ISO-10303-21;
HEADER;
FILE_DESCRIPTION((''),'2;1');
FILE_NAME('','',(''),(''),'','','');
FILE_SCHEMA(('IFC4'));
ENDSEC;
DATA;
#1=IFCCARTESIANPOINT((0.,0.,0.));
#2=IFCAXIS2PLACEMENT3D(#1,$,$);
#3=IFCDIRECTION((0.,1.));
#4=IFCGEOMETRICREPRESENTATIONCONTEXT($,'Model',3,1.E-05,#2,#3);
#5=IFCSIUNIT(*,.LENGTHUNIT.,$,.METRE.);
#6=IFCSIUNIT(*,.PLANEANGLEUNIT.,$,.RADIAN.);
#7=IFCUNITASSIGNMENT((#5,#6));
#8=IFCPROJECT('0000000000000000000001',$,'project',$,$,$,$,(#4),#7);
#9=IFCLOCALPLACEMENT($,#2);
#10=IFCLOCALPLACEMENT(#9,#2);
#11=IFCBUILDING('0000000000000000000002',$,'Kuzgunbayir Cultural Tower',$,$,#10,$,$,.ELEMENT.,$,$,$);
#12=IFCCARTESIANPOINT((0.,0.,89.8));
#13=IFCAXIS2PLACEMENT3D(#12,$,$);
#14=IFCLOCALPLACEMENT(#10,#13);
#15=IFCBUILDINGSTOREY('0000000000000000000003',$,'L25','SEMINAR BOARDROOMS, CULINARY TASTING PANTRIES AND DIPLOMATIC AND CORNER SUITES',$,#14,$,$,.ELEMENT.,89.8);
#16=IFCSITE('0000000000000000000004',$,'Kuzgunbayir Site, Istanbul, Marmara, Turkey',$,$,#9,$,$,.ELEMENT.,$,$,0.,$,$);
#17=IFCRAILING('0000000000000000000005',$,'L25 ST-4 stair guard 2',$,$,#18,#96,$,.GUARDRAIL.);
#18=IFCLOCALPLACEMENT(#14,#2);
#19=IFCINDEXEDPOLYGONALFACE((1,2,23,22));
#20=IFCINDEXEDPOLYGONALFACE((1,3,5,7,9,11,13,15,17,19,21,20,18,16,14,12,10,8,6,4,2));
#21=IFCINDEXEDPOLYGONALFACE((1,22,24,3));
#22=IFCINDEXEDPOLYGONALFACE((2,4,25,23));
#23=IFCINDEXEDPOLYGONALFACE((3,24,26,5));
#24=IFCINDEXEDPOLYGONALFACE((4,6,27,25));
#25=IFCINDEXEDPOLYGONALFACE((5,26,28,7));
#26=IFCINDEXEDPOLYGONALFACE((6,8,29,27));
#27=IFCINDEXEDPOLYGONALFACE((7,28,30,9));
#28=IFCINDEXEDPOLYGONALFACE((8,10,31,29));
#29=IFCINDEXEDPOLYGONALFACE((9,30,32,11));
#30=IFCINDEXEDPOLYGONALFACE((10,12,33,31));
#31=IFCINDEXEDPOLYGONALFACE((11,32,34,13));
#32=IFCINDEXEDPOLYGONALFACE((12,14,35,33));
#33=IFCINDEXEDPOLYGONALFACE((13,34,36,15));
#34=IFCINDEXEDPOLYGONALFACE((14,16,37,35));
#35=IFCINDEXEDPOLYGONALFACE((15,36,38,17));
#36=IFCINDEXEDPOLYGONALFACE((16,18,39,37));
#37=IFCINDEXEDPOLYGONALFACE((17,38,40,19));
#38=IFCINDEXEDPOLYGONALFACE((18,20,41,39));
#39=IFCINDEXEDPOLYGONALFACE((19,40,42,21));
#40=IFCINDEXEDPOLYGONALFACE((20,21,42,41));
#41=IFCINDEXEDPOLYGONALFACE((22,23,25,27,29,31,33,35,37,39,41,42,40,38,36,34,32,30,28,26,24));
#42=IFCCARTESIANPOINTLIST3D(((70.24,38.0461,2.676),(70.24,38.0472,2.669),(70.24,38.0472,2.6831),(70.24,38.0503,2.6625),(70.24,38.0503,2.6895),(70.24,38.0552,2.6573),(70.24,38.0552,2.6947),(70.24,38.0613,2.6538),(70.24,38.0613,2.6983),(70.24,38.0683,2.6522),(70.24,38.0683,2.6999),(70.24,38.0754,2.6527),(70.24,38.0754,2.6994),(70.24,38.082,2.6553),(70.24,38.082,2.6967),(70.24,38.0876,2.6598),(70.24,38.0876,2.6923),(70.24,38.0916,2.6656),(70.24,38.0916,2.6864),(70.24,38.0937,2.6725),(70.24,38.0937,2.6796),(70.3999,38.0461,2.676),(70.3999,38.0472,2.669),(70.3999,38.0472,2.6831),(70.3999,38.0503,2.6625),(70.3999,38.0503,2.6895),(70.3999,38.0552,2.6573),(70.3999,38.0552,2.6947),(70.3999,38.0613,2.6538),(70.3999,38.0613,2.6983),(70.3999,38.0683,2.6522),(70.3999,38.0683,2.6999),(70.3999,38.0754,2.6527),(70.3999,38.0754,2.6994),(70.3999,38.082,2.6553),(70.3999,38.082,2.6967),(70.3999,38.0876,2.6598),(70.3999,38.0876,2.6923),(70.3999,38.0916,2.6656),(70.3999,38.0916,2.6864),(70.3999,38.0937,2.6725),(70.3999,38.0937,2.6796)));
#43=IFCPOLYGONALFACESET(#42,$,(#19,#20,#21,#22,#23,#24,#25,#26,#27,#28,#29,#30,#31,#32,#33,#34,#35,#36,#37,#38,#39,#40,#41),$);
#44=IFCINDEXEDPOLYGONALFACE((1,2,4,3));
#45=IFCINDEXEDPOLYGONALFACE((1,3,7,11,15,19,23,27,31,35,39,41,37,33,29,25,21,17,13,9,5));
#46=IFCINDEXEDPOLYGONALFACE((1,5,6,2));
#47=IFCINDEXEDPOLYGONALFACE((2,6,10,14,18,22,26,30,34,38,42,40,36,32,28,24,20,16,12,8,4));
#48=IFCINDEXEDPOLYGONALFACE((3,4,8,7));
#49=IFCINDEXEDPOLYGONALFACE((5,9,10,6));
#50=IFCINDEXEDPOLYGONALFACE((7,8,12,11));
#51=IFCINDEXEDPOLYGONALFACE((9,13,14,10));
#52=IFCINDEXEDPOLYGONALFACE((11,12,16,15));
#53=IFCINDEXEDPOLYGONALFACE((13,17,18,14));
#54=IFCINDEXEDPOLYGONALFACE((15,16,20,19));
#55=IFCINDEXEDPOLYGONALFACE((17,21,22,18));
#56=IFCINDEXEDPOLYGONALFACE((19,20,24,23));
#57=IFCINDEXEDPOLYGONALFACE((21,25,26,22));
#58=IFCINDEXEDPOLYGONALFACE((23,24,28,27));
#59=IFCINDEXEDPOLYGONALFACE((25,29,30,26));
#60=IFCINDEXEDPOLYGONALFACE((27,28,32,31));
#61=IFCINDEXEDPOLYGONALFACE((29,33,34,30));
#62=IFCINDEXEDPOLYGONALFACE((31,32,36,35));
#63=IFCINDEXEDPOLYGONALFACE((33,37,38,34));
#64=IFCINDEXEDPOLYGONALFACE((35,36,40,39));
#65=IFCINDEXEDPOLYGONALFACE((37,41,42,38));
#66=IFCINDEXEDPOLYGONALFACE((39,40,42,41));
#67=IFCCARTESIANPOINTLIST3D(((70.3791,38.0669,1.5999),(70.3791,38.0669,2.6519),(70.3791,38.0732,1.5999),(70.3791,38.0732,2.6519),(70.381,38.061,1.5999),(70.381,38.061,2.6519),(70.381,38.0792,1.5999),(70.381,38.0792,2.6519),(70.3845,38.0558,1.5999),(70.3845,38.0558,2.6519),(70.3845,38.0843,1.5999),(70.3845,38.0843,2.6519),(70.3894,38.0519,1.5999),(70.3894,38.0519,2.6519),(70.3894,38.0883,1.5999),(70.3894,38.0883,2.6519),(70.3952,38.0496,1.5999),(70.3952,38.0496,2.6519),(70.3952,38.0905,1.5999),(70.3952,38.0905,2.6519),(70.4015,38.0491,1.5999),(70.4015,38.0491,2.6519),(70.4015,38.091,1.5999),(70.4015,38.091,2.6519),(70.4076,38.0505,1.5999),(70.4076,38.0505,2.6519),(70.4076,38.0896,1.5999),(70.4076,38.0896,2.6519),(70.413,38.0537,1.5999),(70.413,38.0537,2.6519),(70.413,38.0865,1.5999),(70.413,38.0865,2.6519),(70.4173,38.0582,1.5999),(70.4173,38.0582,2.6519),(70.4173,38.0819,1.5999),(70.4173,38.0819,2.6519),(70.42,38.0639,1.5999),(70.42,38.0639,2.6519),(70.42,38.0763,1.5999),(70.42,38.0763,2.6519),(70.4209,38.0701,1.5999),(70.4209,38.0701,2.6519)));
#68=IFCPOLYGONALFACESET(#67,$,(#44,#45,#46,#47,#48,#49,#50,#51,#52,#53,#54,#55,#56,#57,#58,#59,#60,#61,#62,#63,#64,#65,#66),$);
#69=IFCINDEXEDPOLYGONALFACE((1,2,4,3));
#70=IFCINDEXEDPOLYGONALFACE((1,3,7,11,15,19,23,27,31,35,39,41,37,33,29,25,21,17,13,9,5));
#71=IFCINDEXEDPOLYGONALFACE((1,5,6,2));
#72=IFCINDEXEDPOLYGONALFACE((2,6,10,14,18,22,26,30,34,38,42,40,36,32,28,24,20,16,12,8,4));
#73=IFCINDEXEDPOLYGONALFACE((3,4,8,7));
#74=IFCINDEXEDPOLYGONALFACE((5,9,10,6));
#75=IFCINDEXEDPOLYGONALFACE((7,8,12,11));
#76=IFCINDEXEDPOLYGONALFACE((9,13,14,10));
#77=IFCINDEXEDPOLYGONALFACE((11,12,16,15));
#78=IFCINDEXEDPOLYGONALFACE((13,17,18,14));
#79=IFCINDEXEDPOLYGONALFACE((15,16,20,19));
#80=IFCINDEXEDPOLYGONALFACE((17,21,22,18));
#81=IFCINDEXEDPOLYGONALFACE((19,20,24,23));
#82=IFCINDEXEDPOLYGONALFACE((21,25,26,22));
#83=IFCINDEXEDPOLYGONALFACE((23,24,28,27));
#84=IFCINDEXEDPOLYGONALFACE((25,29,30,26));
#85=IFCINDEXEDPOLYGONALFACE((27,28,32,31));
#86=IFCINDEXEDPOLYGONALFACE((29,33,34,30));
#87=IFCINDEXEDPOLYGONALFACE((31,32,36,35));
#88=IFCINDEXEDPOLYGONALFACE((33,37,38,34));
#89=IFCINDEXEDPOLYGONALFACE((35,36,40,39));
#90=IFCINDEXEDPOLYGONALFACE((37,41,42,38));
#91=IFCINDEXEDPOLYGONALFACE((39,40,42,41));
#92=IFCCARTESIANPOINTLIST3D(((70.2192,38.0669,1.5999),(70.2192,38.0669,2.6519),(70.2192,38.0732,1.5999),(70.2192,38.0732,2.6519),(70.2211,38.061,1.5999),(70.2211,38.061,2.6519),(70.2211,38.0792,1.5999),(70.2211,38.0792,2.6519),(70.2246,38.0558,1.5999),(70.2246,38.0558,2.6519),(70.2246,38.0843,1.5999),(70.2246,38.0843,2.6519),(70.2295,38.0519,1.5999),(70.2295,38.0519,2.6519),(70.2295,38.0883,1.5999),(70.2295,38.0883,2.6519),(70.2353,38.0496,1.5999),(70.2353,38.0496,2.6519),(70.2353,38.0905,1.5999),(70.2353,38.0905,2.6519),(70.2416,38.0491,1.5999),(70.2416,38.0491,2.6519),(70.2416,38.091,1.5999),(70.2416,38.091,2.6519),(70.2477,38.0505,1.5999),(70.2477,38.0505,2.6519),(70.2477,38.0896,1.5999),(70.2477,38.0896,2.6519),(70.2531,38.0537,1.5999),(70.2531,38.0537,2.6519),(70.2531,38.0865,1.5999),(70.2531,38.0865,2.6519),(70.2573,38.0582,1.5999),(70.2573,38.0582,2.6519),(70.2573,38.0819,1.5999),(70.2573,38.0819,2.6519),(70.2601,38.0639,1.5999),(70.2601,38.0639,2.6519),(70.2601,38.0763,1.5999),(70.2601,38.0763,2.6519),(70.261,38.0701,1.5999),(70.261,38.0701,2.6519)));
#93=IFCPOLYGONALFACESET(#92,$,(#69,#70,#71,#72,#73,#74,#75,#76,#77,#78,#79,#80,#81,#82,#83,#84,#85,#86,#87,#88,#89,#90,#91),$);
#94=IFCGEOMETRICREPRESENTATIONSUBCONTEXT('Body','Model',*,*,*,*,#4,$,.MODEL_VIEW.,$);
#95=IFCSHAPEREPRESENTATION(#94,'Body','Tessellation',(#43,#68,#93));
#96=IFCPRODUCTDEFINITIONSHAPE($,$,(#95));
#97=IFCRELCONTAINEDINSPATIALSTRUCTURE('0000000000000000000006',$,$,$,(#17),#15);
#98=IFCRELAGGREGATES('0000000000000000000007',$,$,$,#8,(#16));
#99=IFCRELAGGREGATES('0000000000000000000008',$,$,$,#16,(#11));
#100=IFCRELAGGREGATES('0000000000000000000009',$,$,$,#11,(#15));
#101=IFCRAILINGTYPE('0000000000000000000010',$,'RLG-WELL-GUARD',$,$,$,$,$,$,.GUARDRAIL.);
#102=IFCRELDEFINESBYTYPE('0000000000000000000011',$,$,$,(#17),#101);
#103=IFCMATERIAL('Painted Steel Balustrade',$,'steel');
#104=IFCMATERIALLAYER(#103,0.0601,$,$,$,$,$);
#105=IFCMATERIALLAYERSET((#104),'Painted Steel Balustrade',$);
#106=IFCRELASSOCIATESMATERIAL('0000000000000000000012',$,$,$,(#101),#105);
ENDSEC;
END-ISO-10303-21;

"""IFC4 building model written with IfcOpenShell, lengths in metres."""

from ifc_helpers import new_model, si_unit, direction, frame, origin, origin_2d, place, context, subcontext, project, spatial, circle, extrude, material, layer, layer_set, type_object, element, save


model = new_model("IFC4")

# Units and contexts
model_context = context("Model", 3, precision=1e-05, world=origin(), true_north=direction((0.0, 1.0)))
body_context = subcontext(model_context, "Body", "Model", "MODEL_VIEW")
ifc_project = project(units=[si_unit("LENGTHUNIT", "METRE"), si_unit("PLANEANGLEUNIT", "RADIAN")], contexts=[model_context])

# Site, building, storey
site_placement = place(None, origin())
site = spatial("IfcSite", under=ifc_project, at=site_placement, Name="Kuzgunbayir Site, Istanbul, Marmara, Turkey", CompositionType="ELEMENT", RefElevation=0.0)
building_placement = place(site_placement, origin())
building = spatial("IfcBuilding", under=site, at=building_placement, Name="Kuzgunbayir Cultural Tower", CompositionType="ELEMENT")
storey_placement = place(building_placement, frame((0.0, 0.0, 89.8)))
storey = spatial("IfcBuildingStorey", under=building, at=storey_placement, Name="L25", Description="SEMINAR BOARDROOMS, CULINARY TASTING PANTRIES AND DIPLOMATIC AND CORNER SUITES", CompositionType="ELEMENT", Elevation=89.8)

# Railing
ifc_material_1 = material(Name="Painted Steel Balustrade", Category="steel")
ifc_layer_1 = layer(ifc_material_1, 0.0601)
ifc_layer_set_1 = layer_set([ifc_layer_1], Name="Painted Steel Balustrade")
railing_type_1 = type_object("IfcRailingType", Name="RLG-WELL-GUARD", PredefinedType="GUARDRAIL", material=ifc_layer_set_1)
railing_1_placement = place(storey_placement, frame((70.3999, 38.0701, 1.5999)))
element("IfcRailing", 1, at=railing_1_placement, inside=storey, type_object=railing_type_1, Name="L25 ST-4 stair guard 2", PredefinedType="GUARDRAIL", context=body_context, shape_type="SweptSolid", body=[
    extrude(circle(Radius=0.0239, at=origin_2d()), frame((0.0, 0.0, 1.0762), z_axis=(-1.0, 0.0, 0.0), x_axis=(0.0, -1.0, 0.0)), (0.0, 0.0, 1.0), 0.1599),
    extrude(circle(Radius=0.021, at=origin_2d()), origin(), (0.0, 0.0, 1.0), 1.052),
    extrude(circle(Radius=0.021, at=origin_2d()), frame((-0.1599, 0.0, 0.0)), (0.0, 0.0, 1.0), 1.052),
])

save(model, "model.ifc")
